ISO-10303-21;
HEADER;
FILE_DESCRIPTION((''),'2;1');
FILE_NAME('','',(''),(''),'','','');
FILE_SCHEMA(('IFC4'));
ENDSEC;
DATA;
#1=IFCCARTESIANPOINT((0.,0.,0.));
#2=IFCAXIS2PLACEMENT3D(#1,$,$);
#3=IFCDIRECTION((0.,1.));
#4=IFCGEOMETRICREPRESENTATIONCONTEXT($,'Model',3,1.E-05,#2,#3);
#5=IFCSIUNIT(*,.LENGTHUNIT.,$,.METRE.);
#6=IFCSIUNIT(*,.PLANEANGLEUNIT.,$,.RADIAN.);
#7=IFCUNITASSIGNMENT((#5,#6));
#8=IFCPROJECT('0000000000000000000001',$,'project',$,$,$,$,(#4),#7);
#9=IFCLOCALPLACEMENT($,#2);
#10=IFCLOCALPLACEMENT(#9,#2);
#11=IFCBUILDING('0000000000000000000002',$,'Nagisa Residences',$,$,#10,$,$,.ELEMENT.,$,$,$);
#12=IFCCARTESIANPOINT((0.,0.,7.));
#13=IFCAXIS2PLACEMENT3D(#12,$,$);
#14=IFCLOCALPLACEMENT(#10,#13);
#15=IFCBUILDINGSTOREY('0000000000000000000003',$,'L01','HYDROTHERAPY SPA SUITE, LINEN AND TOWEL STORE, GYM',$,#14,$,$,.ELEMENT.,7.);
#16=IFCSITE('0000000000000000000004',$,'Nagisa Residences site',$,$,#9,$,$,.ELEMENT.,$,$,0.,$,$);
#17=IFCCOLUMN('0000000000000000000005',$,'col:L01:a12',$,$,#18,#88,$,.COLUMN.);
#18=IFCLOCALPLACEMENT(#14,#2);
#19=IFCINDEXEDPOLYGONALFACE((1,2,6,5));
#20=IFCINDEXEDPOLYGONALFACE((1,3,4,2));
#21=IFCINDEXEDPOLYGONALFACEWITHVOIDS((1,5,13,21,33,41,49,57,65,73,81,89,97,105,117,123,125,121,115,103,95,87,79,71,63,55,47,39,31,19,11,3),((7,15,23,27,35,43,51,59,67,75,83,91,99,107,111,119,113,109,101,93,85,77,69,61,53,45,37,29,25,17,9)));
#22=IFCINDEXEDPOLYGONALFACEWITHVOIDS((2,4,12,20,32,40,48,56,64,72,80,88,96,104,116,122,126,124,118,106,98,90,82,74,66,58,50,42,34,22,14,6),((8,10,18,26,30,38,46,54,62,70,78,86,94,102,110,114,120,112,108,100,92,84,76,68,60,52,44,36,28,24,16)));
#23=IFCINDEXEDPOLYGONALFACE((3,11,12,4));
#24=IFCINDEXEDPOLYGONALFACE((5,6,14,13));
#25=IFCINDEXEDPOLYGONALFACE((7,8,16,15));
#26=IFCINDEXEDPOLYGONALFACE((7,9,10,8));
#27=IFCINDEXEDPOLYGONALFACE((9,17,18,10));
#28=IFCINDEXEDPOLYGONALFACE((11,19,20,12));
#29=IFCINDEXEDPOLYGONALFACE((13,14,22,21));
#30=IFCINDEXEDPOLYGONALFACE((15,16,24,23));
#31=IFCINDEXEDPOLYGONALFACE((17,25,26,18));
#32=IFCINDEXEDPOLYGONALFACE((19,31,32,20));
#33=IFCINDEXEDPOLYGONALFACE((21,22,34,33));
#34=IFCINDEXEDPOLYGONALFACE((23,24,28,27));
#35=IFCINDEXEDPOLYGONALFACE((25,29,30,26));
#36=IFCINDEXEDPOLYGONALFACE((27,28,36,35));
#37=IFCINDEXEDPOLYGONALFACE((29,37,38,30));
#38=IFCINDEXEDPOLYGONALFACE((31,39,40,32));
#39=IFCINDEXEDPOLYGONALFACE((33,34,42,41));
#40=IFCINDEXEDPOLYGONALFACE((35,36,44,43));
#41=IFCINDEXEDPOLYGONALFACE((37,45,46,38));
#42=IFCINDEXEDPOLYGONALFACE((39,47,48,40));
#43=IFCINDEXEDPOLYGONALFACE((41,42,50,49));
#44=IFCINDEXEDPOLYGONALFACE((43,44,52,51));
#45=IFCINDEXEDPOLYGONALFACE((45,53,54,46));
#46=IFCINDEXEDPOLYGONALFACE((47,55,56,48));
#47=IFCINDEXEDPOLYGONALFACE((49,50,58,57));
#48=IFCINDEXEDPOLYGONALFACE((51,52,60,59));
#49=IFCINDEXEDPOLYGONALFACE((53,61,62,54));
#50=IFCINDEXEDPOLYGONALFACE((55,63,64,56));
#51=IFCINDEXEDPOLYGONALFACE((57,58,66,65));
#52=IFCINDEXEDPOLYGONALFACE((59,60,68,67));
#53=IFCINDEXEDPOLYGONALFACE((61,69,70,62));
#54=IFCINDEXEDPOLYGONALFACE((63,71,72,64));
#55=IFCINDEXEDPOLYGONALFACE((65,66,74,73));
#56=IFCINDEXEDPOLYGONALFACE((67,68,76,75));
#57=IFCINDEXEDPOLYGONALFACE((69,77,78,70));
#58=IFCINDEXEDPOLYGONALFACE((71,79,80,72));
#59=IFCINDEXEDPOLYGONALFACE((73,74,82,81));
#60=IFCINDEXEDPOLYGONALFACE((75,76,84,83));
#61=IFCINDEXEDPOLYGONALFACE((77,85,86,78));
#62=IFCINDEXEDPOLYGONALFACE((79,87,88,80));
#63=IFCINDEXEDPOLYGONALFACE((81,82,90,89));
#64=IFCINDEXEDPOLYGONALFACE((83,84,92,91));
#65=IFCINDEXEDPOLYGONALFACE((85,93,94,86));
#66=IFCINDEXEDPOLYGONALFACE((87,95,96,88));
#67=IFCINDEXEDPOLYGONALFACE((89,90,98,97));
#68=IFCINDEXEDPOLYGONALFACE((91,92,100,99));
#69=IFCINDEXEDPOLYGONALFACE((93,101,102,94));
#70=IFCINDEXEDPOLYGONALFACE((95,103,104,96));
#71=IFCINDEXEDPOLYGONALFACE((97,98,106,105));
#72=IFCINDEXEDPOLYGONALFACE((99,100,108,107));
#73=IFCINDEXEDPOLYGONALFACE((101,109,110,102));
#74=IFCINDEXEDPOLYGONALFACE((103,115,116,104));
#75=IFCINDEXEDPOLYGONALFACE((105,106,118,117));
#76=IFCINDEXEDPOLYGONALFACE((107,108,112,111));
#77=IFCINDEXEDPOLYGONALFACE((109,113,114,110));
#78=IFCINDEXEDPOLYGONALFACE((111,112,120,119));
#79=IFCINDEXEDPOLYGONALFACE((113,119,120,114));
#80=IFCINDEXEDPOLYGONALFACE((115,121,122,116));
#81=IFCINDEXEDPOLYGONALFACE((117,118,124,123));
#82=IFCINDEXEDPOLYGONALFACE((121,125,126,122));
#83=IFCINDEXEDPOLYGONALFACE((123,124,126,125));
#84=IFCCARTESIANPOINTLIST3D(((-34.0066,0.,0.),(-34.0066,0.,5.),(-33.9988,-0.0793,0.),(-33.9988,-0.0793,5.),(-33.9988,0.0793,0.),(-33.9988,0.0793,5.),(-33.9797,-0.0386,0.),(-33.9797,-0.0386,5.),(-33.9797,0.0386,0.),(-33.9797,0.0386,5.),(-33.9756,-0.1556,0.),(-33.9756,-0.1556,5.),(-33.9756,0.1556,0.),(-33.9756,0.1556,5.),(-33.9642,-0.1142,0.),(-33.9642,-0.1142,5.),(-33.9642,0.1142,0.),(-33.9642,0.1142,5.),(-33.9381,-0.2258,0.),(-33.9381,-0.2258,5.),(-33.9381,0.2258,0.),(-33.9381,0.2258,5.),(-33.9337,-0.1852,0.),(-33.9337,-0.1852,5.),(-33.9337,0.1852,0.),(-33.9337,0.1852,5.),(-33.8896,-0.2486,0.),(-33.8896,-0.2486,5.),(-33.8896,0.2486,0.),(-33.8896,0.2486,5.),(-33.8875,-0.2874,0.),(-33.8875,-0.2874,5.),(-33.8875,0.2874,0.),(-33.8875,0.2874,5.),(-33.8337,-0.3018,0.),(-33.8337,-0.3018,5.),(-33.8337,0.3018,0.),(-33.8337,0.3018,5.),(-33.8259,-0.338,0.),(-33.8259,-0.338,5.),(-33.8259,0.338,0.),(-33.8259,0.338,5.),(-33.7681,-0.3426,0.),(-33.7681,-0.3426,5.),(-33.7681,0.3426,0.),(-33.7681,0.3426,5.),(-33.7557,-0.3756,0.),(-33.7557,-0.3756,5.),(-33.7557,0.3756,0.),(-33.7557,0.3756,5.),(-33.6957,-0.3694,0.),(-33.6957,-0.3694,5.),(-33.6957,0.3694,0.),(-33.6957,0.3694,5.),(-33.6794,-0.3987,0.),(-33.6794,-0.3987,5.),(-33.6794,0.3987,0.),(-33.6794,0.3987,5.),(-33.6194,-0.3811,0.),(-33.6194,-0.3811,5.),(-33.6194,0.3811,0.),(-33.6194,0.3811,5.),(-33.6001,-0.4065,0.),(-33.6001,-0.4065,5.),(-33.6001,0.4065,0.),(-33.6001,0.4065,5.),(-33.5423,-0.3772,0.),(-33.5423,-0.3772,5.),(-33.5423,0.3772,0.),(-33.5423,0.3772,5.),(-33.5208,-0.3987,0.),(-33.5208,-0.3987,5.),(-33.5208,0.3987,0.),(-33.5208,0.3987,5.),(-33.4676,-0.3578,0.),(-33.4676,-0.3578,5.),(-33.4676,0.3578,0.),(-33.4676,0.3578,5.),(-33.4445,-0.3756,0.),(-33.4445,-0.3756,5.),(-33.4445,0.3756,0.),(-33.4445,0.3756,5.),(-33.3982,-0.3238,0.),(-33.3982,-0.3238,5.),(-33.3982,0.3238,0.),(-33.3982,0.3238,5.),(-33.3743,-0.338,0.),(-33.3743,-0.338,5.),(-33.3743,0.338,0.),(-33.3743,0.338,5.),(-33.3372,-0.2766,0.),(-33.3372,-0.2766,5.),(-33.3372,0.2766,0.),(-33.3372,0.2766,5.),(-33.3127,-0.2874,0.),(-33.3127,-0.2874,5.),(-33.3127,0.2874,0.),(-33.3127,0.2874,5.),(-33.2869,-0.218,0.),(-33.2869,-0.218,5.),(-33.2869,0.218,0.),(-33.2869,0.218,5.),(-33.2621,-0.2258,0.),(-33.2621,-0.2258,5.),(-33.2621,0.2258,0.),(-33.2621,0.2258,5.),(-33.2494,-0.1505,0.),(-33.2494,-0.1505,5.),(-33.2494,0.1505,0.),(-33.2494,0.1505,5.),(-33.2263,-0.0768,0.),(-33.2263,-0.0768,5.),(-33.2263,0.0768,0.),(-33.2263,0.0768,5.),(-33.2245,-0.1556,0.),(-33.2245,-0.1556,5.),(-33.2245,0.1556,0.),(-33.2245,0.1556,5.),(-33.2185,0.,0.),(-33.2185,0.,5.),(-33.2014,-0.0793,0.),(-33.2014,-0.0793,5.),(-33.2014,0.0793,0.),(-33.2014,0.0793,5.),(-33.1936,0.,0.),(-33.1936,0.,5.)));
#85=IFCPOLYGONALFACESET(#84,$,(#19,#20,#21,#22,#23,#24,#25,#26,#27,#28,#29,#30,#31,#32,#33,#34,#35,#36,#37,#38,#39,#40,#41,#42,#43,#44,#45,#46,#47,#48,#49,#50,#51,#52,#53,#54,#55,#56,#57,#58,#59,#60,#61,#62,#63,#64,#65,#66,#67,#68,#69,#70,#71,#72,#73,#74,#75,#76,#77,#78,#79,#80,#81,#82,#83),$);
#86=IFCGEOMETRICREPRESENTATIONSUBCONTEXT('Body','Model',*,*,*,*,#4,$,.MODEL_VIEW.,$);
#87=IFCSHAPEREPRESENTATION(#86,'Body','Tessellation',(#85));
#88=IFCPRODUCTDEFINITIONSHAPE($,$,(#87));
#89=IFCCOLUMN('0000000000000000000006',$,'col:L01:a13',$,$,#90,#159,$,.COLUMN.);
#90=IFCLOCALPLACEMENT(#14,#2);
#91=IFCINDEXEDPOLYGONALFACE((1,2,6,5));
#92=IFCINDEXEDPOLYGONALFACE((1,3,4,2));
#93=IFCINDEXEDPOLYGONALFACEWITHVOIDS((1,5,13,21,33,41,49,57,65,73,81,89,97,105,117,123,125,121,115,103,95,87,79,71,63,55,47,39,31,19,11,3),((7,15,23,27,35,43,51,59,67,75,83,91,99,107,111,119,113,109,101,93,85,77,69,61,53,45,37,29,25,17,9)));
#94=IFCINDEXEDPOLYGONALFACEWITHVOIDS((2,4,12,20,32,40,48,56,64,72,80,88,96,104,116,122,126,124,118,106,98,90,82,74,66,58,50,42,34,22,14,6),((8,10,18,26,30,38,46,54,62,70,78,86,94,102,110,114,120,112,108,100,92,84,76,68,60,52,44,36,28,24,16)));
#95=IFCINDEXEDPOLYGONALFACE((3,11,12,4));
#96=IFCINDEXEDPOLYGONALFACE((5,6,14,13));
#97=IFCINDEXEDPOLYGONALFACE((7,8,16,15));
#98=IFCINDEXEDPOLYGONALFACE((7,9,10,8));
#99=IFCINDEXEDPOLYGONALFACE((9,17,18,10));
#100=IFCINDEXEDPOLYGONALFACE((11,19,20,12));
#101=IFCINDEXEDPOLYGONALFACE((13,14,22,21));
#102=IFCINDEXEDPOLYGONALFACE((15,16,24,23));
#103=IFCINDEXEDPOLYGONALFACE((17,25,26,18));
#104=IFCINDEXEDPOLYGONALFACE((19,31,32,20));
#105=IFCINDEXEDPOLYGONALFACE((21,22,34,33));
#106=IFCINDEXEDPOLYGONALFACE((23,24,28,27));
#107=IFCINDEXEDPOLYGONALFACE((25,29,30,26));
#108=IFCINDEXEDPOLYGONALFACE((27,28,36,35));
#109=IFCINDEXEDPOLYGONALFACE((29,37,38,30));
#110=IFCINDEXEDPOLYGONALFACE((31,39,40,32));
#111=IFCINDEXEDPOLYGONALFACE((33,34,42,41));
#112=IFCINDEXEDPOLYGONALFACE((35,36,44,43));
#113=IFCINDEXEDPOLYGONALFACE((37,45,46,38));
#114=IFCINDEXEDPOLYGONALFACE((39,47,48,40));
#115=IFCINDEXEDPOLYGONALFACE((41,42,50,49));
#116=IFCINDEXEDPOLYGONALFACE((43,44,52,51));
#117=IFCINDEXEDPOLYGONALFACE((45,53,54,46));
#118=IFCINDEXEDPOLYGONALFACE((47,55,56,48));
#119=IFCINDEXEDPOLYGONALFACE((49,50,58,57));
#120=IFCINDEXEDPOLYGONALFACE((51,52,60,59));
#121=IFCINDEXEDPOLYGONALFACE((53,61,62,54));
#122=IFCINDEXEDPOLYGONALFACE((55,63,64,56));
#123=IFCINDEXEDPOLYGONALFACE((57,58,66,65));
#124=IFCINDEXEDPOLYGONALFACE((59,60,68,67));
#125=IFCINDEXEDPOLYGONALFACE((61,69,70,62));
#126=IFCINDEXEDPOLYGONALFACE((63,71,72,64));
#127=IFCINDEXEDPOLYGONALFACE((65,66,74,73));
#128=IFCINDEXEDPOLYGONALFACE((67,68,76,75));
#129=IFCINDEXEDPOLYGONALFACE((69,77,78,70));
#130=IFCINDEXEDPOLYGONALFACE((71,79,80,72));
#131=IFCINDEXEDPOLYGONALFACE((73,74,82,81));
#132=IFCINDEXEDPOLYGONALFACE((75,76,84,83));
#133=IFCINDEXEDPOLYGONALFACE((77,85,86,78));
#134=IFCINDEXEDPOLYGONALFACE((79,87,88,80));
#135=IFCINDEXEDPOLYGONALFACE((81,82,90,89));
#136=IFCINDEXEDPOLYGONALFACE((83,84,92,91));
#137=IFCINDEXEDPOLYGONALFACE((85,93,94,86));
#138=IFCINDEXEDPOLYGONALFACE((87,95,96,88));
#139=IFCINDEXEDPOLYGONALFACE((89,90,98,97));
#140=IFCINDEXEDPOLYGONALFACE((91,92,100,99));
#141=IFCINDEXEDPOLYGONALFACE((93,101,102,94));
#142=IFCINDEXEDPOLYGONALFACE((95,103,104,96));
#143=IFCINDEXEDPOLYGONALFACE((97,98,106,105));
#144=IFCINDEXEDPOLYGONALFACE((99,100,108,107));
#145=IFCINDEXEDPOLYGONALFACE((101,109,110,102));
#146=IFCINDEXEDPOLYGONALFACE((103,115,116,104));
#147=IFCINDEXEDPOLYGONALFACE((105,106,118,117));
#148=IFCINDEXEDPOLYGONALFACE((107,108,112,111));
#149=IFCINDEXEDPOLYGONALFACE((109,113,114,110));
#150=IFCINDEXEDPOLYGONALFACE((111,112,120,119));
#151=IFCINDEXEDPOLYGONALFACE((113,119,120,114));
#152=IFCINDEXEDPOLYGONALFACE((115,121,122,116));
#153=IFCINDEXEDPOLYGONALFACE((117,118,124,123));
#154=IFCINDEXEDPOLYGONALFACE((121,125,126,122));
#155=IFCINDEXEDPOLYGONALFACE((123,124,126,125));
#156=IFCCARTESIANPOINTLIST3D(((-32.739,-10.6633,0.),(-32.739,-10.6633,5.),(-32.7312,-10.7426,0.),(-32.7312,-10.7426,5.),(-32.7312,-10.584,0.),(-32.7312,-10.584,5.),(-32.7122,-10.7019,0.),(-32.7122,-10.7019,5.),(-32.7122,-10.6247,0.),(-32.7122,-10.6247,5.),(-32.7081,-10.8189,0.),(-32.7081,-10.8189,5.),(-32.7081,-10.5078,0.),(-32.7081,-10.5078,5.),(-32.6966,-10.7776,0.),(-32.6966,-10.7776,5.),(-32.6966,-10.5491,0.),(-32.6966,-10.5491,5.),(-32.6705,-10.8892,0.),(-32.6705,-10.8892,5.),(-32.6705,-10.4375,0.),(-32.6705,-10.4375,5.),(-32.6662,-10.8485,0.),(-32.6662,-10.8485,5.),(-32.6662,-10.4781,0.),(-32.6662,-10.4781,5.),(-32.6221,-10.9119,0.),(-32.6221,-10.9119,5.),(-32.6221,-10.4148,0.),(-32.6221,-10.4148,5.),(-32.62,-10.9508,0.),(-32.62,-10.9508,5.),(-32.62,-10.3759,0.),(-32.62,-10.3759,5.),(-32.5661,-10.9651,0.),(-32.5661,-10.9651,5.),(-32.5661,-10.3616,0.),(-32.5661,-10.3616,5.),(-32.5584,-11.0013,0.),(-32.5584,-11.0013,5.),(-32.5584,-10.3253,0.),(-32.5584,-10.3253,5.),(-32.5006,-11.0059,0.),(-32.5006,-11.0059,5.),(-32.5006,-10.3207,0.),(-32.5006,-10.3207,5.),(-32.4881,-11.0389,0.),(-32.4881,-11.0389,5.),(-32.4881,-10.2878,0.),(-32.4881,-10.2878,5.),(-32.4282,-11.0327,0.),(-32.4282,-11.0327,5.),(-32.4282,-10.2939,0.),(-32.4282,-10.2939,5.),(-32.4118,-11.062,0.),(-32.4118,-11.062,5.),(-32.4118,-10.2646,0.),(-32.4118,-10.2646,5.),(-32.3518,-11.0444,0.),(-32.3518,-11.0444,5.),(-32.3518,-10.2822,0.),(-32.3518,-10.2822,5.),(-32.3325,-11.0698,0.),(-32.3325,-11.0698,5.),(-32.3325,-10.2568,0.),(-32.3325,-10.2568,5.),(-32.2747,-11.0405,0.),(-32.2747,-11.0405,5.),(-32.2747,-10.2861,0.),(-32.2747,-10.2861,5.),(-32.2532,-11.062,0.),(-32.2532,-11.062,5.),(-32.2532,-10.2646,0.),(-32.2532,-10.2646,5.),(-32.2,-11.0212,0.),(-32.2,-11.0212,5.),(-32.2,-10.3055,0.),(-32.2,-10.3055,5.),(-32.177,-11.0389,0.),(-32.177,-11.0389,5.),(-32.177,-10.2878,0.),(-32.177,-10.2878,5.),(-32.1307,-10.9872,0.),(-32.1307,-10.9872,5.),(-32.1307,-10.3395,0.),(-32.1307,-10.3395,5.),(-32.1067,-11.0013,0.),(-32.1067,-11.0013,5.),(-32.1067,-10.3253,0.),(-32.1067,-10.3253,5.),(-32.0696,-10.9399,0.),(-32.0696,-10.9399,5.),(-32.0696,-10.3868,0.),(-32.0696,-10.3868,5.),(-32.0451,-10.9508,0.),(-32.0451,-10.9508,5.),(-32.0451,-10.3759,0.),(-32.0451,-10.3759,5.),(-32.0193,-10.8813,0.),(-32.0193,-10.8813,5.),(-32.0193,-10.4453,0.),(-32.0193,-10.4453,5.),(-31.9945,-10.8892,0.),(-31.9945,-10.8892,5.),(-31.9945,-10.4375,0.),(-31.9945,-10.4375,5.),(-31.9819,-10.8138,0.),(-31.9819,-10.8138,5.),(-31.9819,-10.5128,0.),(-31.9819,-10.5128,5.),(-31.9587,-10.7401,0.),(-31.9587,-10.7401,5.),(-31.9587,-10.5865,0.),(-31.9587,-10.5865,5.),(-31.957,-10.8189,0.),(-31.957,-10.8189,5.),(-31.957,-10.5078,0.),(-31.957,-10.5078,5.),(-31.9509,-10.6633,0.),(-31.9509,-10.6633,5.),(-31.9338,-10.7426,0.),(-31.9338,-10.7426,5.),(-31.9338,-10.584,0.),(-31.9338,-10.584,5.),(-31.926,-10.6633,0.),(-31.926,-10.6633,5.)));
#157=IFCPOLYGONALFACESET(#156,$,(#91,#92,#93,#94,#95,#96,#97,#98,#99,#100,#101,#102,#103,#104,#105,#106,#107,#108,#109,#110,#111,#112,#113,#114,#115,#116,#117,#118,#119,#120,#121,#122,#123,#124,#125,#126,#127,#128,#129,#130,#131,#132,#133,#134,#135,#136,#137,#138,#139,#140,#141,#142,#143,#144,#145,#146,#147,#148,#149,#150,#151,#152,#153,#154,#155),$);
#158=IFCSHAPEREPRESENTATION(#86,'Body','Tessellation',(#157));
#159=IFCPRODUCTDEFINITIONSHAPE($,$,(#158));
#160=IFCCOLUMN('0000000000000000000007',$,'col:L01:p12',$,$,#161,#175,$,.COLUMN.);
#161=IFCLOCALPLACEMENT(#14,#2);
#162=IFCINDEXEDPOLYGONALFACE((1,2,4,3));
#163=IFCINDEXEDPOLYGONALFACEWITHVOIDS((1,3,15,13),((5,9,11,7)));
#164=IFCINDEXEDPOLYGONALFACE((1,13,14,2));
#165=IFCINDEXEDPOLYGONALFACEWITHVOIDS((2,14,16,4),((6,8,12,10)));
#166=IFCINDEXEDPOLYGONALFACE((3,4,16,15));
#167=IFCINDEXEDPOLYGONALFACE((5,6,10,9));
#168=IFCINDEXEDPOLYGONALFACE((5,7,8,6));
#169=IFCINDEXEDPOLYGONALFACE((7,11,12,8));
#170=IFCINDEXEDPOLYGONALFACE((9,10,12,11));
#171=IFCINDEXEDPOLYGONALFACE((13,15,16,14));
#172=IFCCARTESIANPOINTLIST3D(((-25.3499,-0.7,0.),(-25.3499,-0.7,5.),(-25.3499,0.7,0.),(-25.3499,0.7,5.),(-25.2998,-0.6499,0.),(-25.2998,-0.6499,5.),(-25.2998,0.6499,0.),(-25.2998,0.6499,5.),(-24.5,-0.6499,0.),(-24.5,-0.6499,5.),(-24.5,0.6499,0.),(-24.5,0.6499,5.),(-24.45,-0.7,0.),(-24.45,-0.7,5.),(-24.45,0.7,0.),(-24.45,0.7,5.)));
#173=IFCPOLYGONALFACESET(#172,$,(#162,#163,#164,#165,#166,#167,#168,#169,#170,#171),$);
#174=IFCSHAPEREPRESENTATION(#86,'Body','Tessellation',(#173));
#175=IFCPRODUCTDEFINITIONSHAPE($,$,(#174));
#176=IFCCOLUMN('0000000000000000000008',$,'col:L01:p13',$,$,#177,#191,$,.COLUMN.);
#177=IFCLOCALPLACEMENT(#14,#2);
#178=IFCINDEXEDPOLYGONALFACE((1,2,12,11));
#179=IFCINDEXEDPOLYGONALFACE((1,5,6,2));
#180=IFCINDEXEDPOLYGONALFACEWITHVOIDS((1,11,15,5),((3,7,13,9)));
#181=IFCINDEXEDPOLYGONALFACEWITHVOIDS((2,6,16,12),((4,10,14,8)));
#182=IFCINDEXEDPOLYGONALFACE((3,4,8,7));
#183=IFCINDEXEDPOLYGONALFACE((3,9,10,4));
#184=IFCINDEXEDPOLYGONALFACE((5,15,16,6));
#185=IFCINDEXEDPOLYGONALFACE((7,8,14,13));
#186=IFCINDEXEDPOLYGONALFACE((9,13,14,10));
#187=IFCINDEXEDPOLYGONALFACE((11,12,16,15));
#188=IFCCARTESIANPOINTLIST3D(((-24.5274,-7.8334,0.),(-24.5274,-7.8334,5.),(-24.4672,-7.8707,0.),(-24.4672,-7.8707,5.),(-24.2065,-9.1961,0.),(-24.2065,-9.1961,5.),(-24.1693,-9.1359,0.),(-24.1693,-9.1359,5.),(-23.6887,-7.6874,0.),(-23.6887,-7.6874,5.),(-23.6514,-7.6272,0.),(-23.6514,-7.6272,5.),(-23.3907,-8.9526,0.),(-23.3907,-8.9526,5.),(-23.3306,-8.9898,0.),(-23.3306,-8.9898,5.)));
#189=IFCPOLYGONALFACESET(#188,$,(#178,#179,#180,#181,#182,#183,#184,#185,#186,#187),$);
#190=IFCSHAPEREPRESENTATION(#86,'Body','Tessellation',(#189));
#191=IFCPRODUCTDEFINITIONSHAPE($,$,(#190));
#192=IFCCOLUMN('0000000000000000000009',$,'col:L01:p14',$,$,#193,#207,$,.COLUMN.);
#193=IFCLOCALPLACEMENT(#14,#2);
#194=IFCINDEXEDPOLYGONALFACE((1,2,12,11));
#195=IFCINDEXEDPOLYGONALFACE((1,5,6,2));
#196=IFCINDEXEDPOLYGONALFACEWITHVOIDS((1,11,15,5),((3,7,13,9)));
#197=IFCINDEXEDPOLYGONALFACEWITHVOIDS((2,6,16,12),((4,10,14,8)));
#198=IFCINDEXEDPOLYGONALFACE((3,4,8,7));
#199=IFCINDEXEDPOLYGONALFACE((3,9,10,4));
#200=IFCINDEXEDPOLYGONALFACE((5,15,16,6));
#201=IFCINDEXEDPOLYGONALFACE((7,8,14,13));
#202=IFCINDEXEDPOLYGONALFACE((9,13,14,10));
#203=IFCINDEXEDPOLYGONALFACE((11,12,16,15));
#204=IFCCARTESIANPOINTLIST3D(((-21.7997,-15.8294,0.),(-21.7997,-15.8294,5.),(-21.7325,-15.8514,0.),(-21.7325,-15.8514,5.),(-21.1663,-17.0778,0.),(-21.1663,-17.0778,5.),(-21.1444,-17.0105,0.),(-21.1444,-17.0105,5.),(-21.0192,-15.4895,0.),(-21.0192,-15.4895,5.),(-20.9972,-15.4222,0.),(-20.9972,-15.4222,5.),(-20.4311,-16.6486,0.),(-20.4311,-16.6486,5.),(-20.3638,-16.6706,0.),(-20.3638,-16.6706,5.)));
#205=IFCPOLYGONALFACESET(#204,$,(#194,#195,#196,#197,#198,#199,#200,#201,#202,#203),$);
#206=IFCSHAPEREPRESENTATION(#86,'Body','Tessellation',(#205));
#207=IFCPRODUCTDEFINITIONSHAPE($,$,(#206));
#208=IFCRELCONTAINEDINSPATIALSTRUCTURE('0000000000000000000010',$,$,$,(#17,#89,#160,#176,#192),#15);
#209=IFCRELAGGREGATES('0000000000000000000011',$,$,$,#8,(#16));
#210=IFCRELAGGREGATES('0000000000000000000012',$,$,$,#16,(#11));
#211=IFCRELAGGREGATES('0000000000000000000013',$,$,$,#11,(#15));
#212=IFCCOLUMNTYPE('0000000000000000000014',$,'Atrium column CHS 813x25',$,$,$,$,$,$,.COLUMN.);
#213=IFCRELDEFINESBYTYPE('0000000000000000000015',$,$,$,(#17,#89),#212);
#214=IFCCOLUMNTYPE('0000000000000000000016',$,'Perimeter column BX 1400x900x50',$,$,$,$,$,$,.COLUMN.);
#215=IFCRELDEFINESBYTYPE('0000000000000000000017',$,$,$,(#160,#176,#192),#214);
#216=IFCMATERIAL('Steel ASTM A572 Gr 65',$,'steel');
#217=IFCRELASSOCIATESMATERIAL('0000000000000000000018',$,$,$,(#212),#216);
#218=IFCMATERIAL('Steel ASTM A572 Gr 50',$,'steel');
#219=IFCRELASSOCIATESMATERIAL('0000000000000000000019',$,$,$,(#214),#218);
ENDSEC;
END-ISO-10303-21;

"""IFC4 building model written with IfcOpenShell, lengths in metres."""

from ifc_helpers import new_model, si_unit, direction, frame, origin, origin_2d, place, context, subcontext, project, spatial, hollow_rectangle, hollow_circle, extrude, material, material_profile, profile_set, type_object, element, save


model = new_model("IFC4")

# Units and contexts
model_context = context("Model", 3, precision=1e-05, world=origin(), true_north=direction((0.0, 1.0)))
body_context = subcontext(model_context, "Body", "Model", "MODEL_VIEW")
ifc_project = project(units=[si_unit("LENGTHUNIT", "METRE"), si_unit("PLANEANGLEUNIT", "RADIAN")], contexts=[model_context])

# Site, building, storey
site_placement = place(None, origin())
site = spatial("IfcSite", under=ifc_project, at=site_placement, Name="Nagisa Residences site", CompositionType="ELEMENT", RefElevation=0.0)
building_placement = place(site_placement, origin())
building = spatial("IfcBuilding", under=site, at=building_placement, Name="Nagisa Residences", CompositionType="ELEMENT")
storey_placement = place(building_placement, frame((0.0, 0.0, 7.0)))
storey = spatial("IfcBuildingStorey", under=building, at=storey_placement, Name="L01", Description="HYDROTHERAPY SPA SUITE, LINEN AND TOWEL STORE, GYM", CompositionType="ELEMENT", Elevation=7.0)

# Columns
ifc_material_1 = material(Name="Steel ASTM A572 Gr 65", Category="steel")
ifc_material_profile_1 = material_profile(ifc_material_1, hollow_circle(Radius=0.4065, WallThickness=0.0249, at=origin_2d()), Name="CHS 813x25")
ifc_profile_set_1 = profile_set([ifc_material_profile_1], Name="Steel ASTM A572 Gr 65")
column_type_1 = type_object("IfcColumnType", Name="Atrium column CHS 813x25", PredefinedType="COLUMN", material=ifc_profile_set_1)
for number, where, z_axis, x_axis, name in (
    (1, (-33.6001, 0.0, 0.0), (0.0, 0.0, 1.0), (1.0, 0.0, 0.0), "col:L01:a12"),
    (2, (-32.3325, -10.6633, 0.0), (0.0, 0.0, 1.0), (1.0, 0.0, 0.0), "col:L01:a13"),
):
    element("IfcColumn", number, at=place(storey_placement, frame(where, z_axis=z_axis, x_axis=x_axis)), inside=storey, type_object=column_type_1, Name=name, PredefinedType="COLUMN", context=body_context, shape_type="SweptSolid", body=[
        extrude(hollow_circle(Radius=0.4065, WallThickness=0.0249, at=origin_2d()), origin(), (0.0, 0.0, 1.0), 5.0),
    ])
ifc_material_2 = material(Name="Steel ASTM A572 Gr 50", Category="steel")
ifc_material_profile_2 = material_profile(ifc_material_2, hollow_rectangle(XDim=1.3999, YDim=0.8999, WallThickness=0.05, at=origin_2d()), Name="BX 1400x900x50")
ifc_profile_set_2 = profile_set([ifc_material_profile_2], Name="Steel ASTM A572 Gr 50")
column_type_2 = type_object("IfcColumnType", Name="Perimeter column BX 1400x900x50", PredefinedType="COLUMN", material=ifc_profile_set_2)
for number, where, z_axis, x_axis, name in (
    (3, (-24.8999, 0.0, 0.0), (0.0, 0.0, 1.0), (0.0, -1.0, 0.0), "col:L01:p12"),
    (4, (-23.929, -8.4116, 0.0), (0.0, 0.0, 1.0), (0.229202, -0.973379, 0.0), "col:L01:p13"),
    (5, (-21.0818, -16.25, 0.0), (0.0, 0.0, 1.0), (0.452463, -0.891783, 0.0), "col:L01:p14"),
):
    element("IfcColumn", number, at=place(storey_placement, frame(where, z_axis=z_axis, x_axis=x_axis)), inside=storey, type_object=column_type_2, Name=name, PredefinedType="COLUMN", context=body_context, shape_type="SweptSolid", body=[
        extrude(hollow_rectangle(XDim=1.3999, YDim=0.8999, WallThickness=0.05, at=origin_2d()), origin(), (0.0, 0.0, 1.0), 5.0),
    ])

save(model, "model.ifc")
